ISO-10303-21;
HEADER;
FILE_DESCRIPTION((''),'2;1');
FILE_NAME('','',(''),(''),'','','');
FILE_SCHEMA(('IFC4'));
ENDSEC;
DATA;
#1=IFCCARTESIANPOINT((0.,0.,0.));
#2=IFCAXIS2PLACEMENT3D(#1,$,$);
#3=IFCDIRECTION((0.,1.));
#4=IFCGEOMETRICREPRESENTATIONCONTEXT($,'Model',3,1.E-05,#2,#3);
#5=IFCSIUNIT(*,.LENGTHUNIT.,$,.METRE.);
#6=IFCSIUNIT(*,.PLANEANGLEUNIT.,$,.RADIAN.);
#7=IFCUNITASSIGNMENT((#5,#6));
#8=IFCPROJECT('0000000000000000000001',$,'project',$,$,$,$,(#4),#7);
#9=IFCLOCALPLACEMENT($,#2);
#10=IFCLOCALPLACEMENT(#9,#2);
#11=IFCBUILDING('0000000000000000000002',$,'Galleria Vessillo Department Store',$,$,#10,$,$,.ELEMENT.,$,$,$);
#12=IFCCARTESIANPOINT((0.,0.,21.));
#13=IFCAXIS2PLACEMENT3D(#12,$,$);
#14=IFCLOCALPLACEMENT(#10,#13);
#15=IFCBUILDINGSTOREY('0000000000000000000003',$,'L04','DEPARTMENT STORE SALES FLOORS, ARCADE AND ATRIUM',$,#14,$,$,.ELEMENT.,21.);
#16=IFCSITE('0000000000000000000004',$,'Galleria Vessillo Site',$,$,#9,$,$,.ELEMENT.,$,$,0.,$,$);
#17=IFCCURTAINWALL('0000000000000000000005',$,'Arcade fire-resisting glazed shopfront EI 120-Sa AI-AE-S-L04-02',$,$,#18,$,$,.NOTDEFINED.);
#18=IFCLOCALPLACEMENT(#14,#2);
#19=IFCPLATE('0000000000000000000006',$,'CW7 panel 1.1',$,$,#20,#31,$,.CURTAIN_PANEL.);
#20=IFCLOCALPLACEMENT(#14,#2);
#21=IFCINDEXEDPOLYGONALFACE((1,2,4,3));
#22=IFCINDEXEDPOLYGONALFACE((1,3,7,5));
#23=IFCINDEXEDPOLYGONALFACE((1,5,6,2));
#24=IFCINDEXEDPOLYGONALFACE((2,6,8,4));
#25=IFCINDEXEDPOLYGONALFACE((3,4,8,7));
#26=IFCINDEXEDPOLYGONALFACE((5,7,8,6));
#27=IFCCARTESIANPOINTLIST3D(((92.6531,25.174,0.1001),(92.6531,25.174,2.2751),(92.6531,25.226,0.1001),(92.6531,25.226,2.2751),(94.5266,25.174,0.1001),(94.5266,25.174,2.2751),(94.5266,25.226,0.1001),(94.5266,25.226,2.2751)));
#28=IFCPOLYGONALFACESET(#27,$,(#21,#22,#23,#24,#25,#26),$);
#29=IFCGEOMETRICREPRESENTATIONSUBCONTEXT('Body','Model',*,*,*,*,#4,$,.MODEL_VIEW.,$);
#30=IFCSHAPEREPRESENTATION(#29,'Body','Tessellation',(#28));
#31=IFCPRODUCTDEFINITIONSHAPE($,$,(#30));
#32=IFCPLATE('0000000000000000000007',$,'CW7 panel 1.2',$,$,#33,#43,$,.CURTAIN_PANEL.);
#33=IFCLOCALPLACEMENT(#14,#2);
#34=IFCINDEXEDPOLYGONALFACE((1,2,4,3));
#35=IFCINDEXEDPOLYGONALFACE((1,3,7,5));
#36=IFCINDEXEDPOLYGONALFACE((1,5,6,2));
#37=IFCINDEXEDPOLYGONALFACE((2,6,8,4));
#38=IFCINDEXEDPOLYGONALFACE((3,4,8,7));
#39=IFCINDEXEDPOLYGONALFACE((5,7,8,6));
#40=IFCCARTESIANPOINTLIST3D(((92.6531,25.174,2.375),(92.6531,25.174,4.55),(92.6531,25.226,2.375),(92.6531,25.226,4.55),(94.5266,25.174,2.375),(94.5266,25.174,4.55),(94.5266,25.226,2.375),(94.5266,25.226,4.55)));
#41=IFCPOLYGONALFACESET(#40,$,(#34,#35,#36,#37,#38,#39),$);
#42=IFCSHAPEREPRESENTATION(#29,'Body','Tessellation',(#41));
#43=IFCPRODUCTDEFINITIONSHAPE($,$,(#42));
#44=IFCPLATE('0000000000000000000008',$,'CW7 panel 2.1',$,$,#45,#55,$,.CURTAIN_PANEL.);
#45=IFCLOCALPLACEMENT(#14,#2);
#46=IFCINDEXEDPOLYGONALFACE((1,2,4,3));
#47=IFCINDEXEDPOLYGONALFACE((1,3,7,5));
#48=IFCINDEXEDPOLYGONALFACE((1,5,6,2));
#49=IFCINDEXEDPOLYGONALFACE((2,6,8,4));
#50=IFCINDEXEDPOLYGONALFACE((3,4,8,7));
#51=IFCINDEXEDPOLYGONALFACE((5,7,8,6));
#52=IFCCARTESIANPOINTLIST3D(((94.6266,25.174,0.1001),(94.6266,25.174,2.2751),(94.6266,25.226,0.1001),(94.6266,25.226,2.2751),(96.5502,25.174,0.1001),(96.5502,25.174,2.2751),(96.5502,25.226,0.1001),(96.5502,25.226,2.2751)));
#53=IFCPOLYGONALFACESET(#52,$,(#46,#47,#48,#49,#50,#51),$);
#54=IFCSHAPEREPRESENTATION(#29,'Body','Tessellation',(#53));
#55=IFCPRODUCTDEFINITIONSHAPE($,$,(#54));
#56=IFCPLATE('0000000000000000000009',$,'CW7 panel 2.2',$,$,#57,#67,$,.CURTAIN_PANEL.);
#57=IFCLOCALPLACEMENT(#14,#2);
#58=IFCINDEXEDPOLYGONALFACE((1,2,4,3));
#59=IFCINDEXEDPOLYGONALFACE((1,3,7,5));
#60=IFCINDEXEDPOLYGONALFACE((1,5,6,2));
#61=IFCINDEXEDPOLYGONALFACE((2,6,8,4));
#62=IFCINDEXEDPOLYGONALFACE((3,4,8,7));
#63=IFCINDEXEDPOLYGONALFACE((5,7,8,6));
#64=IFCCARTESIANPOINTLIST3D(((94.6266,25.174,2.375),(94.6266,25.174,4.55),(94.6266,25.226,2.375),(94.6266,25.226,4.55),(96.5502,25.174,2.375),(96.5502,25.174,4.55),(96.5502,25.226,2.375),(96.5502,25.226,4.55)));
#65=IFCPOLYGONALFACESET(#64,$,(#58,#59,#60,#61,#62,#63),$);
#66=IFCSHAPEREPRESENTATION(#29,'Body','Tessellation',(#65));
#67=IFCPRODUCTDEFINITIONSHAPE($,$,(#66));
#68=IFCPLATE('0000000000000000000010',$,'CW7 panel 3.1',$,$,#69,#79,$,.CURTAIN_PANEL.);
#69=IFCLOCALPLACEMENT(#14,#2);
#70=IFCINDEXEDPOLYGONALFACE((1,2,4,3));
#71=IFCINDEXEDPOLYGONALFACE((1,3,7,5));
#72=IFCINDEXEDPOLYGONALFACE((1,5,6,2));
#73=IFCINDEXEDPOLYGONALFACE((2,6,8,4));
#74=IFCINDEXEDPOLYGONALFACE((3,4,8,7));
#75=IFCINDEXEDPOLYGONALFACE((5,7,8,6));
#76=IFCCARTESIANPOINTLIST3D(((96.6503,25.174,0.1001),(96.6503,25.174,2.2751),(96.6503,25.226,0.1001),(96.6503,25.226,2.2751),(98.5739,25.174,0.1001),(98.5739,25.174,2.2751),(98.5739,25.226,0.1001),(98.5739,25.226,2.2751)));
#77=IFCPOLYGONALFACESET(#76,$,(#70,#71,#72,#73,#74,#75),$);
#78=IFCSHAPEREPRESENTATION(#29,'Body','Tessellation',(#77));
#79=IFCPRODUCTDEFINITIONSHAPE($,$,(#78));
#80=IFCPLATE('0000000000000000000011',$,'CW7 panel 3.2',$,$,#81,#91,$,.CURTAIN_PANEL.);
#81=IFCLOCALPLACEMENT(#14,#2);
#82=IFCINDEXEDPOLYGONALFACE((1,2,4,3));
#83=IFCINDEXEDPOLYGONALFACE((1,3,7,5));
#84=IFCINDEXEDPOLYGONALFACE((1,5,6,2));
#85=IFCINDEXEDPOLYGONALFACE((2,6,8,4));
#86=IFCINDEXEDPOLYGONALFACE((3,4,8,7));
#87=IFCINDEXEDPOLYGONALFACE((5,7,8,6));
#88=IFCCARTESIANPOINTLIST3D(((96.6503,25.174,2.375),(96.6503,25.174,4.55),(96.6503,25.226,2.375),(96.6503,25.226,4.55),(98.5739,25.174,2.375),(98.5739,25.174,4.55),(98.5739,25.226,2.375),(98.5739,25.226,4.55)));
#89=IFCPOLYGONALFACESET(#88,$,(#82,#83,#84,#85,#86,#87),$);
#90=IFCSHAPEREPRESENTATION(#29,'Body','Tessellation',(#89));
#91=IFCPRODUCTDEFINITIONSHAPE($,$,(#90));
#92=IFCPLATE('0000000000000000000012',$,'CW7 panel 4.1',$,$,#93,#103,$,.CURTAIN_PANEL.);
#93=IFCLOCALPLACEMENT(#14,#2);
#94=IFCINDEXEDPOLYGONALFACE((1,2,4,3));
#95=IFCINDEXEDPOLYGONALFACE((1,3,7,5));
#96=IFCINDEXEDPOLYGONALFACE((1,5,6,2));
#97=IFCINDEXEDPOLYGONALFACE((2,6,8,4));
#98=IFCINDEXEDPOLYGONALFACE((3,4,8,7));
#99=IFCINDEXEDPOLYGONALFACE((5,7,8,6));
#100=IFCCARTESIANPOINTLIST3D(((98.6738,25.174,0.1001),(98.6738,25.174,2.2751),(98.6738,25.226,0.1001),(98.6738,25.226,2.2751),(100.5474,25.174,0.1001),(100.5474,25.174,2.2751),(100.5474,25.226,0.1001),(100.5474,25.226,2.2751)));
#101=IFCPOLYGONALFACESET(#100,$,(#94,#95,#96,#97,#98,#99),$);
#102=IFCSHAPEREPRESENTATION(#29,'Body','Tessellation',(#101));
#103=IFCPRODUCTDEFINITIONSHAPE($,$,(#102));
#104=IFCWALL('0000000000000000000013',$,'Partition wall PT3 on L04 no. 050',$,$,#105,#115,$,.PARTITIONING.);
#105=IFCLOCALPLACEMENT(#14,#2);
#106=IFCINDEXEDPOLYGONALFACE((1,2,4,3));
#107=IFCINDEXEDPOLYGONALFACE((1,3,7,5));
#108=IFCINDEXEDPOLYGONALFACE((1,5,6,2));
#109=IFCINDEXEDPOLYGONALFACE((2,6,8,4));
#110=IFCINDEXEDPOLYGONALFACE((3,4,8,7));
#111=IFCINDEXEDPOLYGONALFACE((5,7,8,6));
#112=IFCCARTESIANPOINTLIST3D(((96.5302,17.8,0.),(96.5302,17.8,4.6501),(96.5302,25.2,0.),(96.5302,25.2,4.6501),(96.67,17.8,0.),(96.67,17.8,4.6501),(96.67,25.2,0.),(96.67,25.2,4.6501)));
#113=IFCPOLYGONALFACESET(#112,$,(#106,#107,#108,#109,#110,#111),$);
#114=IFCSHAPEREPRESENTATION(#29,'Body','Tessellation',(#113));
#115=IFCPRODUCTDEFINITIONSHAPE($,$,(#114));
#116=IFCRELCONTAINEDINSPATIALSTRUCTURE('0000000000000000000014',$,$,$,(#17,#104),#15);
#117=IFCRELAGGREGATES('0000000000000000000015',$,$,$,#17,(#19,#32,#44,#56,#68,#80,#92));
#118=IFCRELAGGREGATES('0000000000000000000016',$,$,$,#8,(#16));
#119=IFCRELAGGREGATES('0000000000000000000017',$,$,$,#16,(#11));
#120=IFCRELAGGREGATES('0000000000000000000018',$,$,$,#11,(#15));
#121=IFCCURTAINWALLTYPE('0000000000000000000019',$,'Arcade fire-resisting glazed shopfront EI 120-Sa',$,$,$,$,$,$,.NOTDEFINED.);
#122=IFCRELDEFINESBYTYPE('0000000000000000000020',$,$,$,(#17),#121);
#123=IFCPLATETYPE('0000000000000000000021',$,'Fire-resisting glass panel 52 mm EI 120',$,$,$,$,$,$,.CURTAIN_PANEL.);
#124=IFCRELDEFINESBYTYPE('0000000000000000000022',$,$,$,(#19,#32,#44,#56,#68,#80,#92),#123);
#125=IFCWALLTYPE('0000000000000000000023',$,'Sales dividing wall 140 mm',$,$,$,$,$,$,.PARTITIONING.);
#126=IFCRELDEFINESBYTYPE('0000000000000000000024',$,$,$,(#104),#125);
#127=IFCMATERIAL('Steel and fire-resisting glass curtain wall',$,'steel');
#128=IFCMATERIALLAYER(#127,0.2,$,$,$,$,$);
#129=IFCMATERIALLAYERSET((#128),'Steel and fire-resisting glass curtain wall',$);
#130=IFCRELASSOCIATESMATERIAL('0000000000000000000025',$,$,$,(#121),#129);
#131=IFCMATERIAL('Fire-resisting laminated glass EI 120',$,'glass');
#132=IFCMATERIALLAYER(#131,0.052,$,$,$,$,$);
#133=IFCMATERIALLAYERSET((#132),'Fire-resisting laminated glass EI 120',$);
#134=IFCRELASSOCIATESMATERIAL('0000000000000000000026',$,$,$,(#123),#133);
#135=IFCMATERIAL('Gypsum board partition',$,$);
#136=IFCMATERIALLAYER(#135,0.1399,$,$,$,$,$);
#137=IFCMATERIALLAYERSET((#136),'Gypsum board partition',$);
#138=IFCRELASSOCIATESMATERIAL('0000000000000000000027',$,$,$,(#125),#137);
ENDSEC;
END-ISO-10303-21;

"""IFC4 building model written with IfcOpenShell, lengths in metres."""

from ifc_helpers import new_model, si_unit, direction, frame, frame_2d, origin, origin_2d, place, context, subcontext, project, spatial, rectangle, extrude, material, layer, layer_set, type_object, element, aggregate, save


model = new_model("IFC4")

# Units and contexts
model_context = context("Model", 3, precision=1e-05, world=origin(), true_north=direction((0.0, 1.0)))
body_context = subcontext(model_context, "Body", "Model", "MODEL_VIEW")
ifc_project = project(units=[si_unit("LENGTHUNIT", "METRE"), si_unit("PLANEANGLEUNIT", "RADIAN")], contexts=[model_context])

# Site, building, storey
site_placement = place(None, origin())
site = spatial("IfcSite", under=ifc_project, at=site_placement, Name="Galleria Vessillo Site", CompositionType="ELEMENT", RefElevation=0.0)
building_placement = place(site_placement, origin())
building = spatial("IfcBuilding", under=site, at=building_placement, Name="Galleria Vessillo Department Store", CompositionType="ELEMENT")
storey_placement = place(building_placement, frame((0.0, 0.0, 21.0)))
storey = spatial("IfcBuildingStorey", under=building, at=storey_placement, Name="L04", Description="DEPARTMENT STORE SALES FLOORS, ARCADE AND ATRIUM", CompositionType="ELEMENT", Elevation=21.0)

# Curtain wall
ifc_material_1 = material(Name="Steel and fire-resisting glass curtain wall", Category="steel")
ifc_layer_1 = layer(ifc_material_1, 0.2)
ifc_layer_set_1 = layer_set([ifc_layer_1], Name="Steel and fire-resisting glass curtain wall")
curtain_wall_type = type_object("IfcCurtainWallType", Name="Arcade fire-resisting glazed shopfront EI 120-Sa", PredefinedType="NOTDEFINED", material=ifc_layer_set_1)
curtain_wall_placement = place(storey_placement, origin())
curtain_wall = element("IfcCurtainWall", 1, at=curtain_wall_placement, inside=storey, type_object=curtain_wall_type, Name="Arcade fire-resisting glazed shopfront EI 120-Sa AI-AE-S-L04-02", PredefinedType="NOTDEFINED")

# Plates
ifc_material_2 = material(Name="Fire-resisting laminated glass EI 120", Category="glass")
ifc_layer_2 = layer(ifc_material_2, 0.052)
ifc_layer_set_2 = layer_set([ifc_layer_2], Name="Fire-resisting laminated glass EI 120")
plate_type = type_object("IfcPlateType", Name="Fire-resisting glass panel 52 mm EI 120", PredefinedType="CURTAIN_PANEL", material=ifc_layer_set_2)
plate_1_placement = place(storey_placement, frame((93.5898, 25.2, 0.1001), z_axis=(0.0, 0.0, 1.0), x_axis=(1.0, 0.0, 0.0)))
plate_1 = element("IfcPlate", 2, at=plate_1_placement, type_object=plate_type, Name="CW7 panel 1.1", PredefinedType="CURTAIN_PANEL", context=body_context, shape_type="SweptSolid", body=[
    extrude(rectangle(XDim=1.8735, YDim=0.052, at=origin_2d()), origin(), (0.0, 0.0, 1.0), 2.175),
])
plate_2_placement = place(storey_placement, frame((93.5898, 25.2, 2.375), z_axis=(0.0, 0.0, 1.0), x_axis=(1.0, 0.0, 0.0)))
plate_2 = element("IfcPlate", 3, at=plate_2_placement, type_object=plate_type, Name="CW7 panel 1.2", PredefinedType="CURTAIN_PANEL", context=body_context, shape_type="SweptSolid", body=[
    extrude(rectangle(XDim=1.8735, YDim=0.052, at=origin_2d()), origin(), (0.0, 0.0, 1.0), 2.175),
])
plate_3_placement = place(storey_placement, frame((95.5884, 25.2, 0.1001), z_axis=(0.0, 0.0, 1.0), x_axis=(1.0, 0.0, 0.0)))
plate_3 = element("IfcPlate", 4, at=plate_3_placement, type_object=plate_type, Name="CW7 panel 2.1", PredefinedType="CURTAIN_PANEL", context=body_context, shape_type="SweptSolid", body=[
    extrude(rectangle(XDim=1.9236, YDim=0.052, at=origin_2d()), origin(), (0.0, 0.0, 1.0), 2.175),
])
plate_4_placement = place(storey_placement, frame((95.5884, 25.2, 2.375), z_axis=(0.0, 0.0, 1.0), x_axis=(1.0, 0.0, 0.0)))
plate_4 = element("IfcPlate", 5, at=plate_4_placement, type_object=plate_type, Name="CW7 panel 2.2", PredefinedType="CURTAIN_PANEL", context=body_context, shape_type="SweptSolid", body=[
    extrude(rectangle(XDim=1.9236, YDim=0.052, at=origin_2d()), origin(), (0.0, 0.0, 1.0), 2.175),
])
plate_5_placement = place(storey_placement, frame((97.6121, 25.2, 0.1001), z_axis=(0.0, 0.0, 1.0), x_axis=(1.0, 0.0, 0.0)))
plate_5 = element("IfcPlate", 6, at=plate_5_placement, type_object=plate_type, Name="CW7 panel 3.1", PredefinedType="CURTAIN_PANEL", context=body_context, shape_type="SweptSolid", body=[
    extrude(rectangle(XDim=1.9236, YDim=0.052, at=origin_2d()), origin(), (0.0, 0.0, 1.0), 2.175),
])
plate_6_placement = place(storey_placement, frame((97.6121, 25.2, 2.375), z_axis=(0.0, 0.0, 1.0), x_axis=(1.0, 0.0, 0.0)))
plate_6 = element("IfcPlate", 7, at=plate_6_placement, type_object=plate_type, Name="CW7 panel 3.2", PredefinedType="CURTAIN_PANEL", context=body_context, shape_type="SweptSolid", body=[
    extrude(rectangle(XDim=1.9236, YDim=0.052, at=origin_2d()), origin(), (0.0, 0.0, 1.0), 2.175),
])
plate_7_placement = place(storey_placement, frame((99.6106, 25.2, 0.1001), z_axis=(0.0, 0.0, 1.0), x_axis=(1.0, 0.0, 0.0)))
plate_7 = element("IfcPlate", 8, at=plate_7_placement, type_object=plate_type, Name="CW7 panel 4.1", PredefinedType="CURTAIN_PANEL", context=body_context, shape_type="SweptSolid", body=[
    extrude(rectangle(XDim=1.8735, YDim=0.052, at=origin_2d()), origin(), (0.0, 0.0, 1.0), 2.175),
])
aggregate(curtain_wall, [plate_1, plate_2, plate_3, plate_4, plate_5, plate_6, plate_7])

# Wall
ifc_material_3 = material(Name="Gypsum board partition")
ifc_layer_3 = layer(ifc_material_3, 0.1399)
ifc_layer_set_3 = layer_set([ifc_layer_3], Name="Gypsum board partition")
wall_type = type_object("IfcWallType", Name="Sales dividing wall 140 mm", PredefinedType="PARTITIONING", material=ifc_layer_set_3)
wall_placement = place(storey_placement, frame((96.6001, 17.8, 0.0), z_axis=(0.0, 0.0, 1.0), x_axis=(0.0, 1.0, 0.0)))
element("IfcWall", 9, at=wall_placement, inside=storey, type_object=wall_type, Name="Partition wall PT3 on L04 no. 050", PredefinedType="PARTITIONING", context=body_context, shape_type="SweptSolid", body=[
    extrude(rectangle(XDim=7.3999, YDim=0.1399, at=frame_2d((3.7, 0.0))), origin(), (0.0, 0.0, 1.0), 4.6501),
])

save(model, "model.ifc")
